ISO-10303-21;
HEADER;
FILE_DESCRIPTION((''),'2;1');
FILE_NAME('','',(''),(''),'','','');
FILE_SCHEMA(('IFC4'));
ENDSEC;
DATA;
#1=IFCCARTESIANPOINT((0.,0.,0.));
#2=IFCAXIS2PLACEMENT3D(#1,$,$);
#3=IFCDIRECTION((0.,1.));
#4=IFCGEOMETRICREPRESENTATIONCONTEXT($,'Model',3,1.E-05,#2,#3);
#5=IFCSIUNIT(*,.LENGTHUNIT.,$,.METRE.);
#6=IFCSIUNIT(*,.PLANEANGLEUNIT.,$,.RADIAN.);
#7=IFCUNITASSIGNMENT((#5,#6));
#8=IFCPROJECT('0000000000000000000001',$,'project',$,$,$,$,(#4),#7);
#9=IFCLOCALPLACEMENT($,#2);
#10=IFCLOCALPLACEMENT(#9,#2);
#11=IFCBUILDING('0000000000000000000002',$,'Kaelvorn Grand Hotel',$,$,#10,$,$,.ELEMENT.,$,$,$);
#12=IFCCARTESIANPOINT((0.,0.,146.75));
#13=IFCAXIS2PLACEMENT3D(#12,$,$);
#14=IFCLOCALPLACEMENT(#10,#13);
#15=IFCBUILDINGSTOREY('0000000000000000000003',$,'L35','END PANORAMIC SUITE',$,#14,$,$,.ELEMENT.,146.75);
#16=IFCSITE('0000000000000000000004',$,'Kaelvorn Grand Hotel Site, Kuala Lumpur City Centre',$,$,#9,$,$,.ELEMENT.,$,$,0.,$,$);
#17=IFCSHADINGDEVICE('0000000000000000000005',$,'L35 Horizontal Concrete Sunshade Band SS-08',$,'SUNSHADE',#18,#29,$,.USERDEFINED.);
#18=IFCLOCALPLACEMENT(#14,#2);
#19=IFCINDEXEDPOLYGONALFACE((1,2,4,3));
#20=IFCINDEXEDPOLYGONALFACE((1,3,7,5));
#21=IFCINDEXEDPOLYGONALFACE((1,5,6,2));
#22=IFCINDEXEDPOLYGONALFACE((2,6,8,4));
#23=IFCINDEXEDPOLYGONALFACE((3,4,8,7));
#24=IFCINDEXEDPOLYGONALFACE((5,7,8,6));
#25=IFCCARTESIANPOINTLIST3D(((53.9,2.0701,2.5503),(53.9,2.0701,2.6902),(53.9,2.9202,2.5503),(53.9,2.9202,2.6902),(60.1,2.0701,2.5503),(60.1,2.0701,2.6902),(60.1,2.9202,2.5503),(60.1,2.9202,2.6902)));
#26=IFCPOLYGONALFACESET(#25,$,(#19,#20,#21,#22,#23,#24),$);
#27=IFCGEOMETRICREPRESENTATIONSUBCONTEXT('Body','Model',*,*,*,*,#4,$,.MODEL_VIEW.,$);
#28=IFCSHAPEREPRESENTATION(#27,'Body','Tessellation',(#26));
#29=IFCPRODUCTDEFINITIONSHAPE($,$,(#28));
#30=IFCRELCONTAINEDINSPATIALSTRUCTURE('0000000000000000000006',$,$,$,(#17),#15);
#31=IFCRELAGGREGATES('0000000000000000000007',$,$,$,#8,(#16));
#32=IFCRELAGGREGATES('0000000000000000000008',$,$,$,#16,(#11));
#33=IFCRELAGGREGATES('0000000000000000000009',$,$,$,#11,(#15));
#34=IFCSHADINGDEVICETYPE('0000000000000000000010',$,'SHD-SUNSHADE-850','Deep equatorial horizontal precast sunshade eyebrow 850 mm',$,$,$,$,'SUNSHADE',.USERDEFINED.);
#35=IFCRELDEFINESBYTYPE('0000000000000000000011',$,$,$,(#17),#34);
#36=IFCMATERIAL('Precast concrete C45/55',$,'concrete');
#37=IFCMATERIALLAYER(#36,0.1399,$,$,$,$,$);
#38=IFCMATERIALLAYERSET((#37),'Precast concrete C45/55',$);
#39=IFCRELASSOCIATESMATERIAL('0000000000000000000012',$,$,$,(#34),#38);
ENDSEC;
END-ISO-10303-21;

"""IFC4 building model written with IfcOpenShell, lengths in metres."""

from ifc_helpers import new_model, si_unit, direction, frame, origin, origin_2d, place, context, subcontext, project, spatial, rectangle, extrude, material, layer, layer_set, type_object, element, save


model = new_model("IFC4")

# Units and contexts
model_context = context("Model", 3, precision=1e-05, world=origin(), true_north=direction((0.0, 1.0)))
body_context = subcontext(model_context, "Body", "Model", "MODEL_VIEW")
ifc_project = project(units=[si_unit("LENGTHUNIT", "METRE"), si_unit("PLANEANGLEUNIT", "RADIAN")], contexts=[model_context])

# Site, building, storey
site_placement = place(None, origin())
site = spatial("IfcSite", under=ifc_project, at=site_placement, Name="Kaelvorn Grand Hotel Site, Kuala Lumpur City Centre", CompositionType="ELEMENT", RefElevation=0.0)
building_placement = place(site_placement, origin())
building = spatial("IfcBuilding", under=site, at=building_placement, Name="Kaelvorn Grand Hotel", CompositionType="ELEMENT")
storey_placement = place(building_placement, frame((0.0, 0.0, 146.75)))
storey = spatial("IfcBuildingStorey", under=building, at=storey_placement, Name="L35", Description="END PANORAMIC SUITE", CompositionType="ELEMENT", Elevation=146.75)

# Shading device
ifc_material_1 = material(Name="Precast concrete C45/55", Category="concrete")
ifc_layer_1 = layer(ifc_material_1, 0.1399)
ifc_layer_set_1 = layer_set([ifc_layer_1], Name="Precast concrete C45/55")
shading_device_type_1 = type_object("IfcShadingDeviceType", Name="SHD-SUNSHADE-850", Description="Deep equatorial horizontal precast sunshade eyebrow 850 mm", ElementType="SUNSHADE", PredefinedType="USERDEFINED", material=ifc_layer_set_1)
shading_device_placement = place(storey_placement, frame((57.0, 2.4951, 2.5503), z_axis=(0.0, 0.0, 1.0), x_axis=(1.0, 0.0, 0.0)))
element("IfcShadingDevice", 1, at=shading_device_placement, inside=storey, type_object=shading_device_type_1, Name="L35 Horizontal Concrete Sunshade Band SS-08", ObjectType="SUNSHADE", PredefinedType="USERDEFINED", context=body_context, shape_type="SweptSolid", body=[
    extrude(rectangle(XDim=6.2, YDim=0.8501, at=origin_2d()), origin(), (0.0, 0.0, 1.0), 0.1399),
])

save(model, "model.ifc")
